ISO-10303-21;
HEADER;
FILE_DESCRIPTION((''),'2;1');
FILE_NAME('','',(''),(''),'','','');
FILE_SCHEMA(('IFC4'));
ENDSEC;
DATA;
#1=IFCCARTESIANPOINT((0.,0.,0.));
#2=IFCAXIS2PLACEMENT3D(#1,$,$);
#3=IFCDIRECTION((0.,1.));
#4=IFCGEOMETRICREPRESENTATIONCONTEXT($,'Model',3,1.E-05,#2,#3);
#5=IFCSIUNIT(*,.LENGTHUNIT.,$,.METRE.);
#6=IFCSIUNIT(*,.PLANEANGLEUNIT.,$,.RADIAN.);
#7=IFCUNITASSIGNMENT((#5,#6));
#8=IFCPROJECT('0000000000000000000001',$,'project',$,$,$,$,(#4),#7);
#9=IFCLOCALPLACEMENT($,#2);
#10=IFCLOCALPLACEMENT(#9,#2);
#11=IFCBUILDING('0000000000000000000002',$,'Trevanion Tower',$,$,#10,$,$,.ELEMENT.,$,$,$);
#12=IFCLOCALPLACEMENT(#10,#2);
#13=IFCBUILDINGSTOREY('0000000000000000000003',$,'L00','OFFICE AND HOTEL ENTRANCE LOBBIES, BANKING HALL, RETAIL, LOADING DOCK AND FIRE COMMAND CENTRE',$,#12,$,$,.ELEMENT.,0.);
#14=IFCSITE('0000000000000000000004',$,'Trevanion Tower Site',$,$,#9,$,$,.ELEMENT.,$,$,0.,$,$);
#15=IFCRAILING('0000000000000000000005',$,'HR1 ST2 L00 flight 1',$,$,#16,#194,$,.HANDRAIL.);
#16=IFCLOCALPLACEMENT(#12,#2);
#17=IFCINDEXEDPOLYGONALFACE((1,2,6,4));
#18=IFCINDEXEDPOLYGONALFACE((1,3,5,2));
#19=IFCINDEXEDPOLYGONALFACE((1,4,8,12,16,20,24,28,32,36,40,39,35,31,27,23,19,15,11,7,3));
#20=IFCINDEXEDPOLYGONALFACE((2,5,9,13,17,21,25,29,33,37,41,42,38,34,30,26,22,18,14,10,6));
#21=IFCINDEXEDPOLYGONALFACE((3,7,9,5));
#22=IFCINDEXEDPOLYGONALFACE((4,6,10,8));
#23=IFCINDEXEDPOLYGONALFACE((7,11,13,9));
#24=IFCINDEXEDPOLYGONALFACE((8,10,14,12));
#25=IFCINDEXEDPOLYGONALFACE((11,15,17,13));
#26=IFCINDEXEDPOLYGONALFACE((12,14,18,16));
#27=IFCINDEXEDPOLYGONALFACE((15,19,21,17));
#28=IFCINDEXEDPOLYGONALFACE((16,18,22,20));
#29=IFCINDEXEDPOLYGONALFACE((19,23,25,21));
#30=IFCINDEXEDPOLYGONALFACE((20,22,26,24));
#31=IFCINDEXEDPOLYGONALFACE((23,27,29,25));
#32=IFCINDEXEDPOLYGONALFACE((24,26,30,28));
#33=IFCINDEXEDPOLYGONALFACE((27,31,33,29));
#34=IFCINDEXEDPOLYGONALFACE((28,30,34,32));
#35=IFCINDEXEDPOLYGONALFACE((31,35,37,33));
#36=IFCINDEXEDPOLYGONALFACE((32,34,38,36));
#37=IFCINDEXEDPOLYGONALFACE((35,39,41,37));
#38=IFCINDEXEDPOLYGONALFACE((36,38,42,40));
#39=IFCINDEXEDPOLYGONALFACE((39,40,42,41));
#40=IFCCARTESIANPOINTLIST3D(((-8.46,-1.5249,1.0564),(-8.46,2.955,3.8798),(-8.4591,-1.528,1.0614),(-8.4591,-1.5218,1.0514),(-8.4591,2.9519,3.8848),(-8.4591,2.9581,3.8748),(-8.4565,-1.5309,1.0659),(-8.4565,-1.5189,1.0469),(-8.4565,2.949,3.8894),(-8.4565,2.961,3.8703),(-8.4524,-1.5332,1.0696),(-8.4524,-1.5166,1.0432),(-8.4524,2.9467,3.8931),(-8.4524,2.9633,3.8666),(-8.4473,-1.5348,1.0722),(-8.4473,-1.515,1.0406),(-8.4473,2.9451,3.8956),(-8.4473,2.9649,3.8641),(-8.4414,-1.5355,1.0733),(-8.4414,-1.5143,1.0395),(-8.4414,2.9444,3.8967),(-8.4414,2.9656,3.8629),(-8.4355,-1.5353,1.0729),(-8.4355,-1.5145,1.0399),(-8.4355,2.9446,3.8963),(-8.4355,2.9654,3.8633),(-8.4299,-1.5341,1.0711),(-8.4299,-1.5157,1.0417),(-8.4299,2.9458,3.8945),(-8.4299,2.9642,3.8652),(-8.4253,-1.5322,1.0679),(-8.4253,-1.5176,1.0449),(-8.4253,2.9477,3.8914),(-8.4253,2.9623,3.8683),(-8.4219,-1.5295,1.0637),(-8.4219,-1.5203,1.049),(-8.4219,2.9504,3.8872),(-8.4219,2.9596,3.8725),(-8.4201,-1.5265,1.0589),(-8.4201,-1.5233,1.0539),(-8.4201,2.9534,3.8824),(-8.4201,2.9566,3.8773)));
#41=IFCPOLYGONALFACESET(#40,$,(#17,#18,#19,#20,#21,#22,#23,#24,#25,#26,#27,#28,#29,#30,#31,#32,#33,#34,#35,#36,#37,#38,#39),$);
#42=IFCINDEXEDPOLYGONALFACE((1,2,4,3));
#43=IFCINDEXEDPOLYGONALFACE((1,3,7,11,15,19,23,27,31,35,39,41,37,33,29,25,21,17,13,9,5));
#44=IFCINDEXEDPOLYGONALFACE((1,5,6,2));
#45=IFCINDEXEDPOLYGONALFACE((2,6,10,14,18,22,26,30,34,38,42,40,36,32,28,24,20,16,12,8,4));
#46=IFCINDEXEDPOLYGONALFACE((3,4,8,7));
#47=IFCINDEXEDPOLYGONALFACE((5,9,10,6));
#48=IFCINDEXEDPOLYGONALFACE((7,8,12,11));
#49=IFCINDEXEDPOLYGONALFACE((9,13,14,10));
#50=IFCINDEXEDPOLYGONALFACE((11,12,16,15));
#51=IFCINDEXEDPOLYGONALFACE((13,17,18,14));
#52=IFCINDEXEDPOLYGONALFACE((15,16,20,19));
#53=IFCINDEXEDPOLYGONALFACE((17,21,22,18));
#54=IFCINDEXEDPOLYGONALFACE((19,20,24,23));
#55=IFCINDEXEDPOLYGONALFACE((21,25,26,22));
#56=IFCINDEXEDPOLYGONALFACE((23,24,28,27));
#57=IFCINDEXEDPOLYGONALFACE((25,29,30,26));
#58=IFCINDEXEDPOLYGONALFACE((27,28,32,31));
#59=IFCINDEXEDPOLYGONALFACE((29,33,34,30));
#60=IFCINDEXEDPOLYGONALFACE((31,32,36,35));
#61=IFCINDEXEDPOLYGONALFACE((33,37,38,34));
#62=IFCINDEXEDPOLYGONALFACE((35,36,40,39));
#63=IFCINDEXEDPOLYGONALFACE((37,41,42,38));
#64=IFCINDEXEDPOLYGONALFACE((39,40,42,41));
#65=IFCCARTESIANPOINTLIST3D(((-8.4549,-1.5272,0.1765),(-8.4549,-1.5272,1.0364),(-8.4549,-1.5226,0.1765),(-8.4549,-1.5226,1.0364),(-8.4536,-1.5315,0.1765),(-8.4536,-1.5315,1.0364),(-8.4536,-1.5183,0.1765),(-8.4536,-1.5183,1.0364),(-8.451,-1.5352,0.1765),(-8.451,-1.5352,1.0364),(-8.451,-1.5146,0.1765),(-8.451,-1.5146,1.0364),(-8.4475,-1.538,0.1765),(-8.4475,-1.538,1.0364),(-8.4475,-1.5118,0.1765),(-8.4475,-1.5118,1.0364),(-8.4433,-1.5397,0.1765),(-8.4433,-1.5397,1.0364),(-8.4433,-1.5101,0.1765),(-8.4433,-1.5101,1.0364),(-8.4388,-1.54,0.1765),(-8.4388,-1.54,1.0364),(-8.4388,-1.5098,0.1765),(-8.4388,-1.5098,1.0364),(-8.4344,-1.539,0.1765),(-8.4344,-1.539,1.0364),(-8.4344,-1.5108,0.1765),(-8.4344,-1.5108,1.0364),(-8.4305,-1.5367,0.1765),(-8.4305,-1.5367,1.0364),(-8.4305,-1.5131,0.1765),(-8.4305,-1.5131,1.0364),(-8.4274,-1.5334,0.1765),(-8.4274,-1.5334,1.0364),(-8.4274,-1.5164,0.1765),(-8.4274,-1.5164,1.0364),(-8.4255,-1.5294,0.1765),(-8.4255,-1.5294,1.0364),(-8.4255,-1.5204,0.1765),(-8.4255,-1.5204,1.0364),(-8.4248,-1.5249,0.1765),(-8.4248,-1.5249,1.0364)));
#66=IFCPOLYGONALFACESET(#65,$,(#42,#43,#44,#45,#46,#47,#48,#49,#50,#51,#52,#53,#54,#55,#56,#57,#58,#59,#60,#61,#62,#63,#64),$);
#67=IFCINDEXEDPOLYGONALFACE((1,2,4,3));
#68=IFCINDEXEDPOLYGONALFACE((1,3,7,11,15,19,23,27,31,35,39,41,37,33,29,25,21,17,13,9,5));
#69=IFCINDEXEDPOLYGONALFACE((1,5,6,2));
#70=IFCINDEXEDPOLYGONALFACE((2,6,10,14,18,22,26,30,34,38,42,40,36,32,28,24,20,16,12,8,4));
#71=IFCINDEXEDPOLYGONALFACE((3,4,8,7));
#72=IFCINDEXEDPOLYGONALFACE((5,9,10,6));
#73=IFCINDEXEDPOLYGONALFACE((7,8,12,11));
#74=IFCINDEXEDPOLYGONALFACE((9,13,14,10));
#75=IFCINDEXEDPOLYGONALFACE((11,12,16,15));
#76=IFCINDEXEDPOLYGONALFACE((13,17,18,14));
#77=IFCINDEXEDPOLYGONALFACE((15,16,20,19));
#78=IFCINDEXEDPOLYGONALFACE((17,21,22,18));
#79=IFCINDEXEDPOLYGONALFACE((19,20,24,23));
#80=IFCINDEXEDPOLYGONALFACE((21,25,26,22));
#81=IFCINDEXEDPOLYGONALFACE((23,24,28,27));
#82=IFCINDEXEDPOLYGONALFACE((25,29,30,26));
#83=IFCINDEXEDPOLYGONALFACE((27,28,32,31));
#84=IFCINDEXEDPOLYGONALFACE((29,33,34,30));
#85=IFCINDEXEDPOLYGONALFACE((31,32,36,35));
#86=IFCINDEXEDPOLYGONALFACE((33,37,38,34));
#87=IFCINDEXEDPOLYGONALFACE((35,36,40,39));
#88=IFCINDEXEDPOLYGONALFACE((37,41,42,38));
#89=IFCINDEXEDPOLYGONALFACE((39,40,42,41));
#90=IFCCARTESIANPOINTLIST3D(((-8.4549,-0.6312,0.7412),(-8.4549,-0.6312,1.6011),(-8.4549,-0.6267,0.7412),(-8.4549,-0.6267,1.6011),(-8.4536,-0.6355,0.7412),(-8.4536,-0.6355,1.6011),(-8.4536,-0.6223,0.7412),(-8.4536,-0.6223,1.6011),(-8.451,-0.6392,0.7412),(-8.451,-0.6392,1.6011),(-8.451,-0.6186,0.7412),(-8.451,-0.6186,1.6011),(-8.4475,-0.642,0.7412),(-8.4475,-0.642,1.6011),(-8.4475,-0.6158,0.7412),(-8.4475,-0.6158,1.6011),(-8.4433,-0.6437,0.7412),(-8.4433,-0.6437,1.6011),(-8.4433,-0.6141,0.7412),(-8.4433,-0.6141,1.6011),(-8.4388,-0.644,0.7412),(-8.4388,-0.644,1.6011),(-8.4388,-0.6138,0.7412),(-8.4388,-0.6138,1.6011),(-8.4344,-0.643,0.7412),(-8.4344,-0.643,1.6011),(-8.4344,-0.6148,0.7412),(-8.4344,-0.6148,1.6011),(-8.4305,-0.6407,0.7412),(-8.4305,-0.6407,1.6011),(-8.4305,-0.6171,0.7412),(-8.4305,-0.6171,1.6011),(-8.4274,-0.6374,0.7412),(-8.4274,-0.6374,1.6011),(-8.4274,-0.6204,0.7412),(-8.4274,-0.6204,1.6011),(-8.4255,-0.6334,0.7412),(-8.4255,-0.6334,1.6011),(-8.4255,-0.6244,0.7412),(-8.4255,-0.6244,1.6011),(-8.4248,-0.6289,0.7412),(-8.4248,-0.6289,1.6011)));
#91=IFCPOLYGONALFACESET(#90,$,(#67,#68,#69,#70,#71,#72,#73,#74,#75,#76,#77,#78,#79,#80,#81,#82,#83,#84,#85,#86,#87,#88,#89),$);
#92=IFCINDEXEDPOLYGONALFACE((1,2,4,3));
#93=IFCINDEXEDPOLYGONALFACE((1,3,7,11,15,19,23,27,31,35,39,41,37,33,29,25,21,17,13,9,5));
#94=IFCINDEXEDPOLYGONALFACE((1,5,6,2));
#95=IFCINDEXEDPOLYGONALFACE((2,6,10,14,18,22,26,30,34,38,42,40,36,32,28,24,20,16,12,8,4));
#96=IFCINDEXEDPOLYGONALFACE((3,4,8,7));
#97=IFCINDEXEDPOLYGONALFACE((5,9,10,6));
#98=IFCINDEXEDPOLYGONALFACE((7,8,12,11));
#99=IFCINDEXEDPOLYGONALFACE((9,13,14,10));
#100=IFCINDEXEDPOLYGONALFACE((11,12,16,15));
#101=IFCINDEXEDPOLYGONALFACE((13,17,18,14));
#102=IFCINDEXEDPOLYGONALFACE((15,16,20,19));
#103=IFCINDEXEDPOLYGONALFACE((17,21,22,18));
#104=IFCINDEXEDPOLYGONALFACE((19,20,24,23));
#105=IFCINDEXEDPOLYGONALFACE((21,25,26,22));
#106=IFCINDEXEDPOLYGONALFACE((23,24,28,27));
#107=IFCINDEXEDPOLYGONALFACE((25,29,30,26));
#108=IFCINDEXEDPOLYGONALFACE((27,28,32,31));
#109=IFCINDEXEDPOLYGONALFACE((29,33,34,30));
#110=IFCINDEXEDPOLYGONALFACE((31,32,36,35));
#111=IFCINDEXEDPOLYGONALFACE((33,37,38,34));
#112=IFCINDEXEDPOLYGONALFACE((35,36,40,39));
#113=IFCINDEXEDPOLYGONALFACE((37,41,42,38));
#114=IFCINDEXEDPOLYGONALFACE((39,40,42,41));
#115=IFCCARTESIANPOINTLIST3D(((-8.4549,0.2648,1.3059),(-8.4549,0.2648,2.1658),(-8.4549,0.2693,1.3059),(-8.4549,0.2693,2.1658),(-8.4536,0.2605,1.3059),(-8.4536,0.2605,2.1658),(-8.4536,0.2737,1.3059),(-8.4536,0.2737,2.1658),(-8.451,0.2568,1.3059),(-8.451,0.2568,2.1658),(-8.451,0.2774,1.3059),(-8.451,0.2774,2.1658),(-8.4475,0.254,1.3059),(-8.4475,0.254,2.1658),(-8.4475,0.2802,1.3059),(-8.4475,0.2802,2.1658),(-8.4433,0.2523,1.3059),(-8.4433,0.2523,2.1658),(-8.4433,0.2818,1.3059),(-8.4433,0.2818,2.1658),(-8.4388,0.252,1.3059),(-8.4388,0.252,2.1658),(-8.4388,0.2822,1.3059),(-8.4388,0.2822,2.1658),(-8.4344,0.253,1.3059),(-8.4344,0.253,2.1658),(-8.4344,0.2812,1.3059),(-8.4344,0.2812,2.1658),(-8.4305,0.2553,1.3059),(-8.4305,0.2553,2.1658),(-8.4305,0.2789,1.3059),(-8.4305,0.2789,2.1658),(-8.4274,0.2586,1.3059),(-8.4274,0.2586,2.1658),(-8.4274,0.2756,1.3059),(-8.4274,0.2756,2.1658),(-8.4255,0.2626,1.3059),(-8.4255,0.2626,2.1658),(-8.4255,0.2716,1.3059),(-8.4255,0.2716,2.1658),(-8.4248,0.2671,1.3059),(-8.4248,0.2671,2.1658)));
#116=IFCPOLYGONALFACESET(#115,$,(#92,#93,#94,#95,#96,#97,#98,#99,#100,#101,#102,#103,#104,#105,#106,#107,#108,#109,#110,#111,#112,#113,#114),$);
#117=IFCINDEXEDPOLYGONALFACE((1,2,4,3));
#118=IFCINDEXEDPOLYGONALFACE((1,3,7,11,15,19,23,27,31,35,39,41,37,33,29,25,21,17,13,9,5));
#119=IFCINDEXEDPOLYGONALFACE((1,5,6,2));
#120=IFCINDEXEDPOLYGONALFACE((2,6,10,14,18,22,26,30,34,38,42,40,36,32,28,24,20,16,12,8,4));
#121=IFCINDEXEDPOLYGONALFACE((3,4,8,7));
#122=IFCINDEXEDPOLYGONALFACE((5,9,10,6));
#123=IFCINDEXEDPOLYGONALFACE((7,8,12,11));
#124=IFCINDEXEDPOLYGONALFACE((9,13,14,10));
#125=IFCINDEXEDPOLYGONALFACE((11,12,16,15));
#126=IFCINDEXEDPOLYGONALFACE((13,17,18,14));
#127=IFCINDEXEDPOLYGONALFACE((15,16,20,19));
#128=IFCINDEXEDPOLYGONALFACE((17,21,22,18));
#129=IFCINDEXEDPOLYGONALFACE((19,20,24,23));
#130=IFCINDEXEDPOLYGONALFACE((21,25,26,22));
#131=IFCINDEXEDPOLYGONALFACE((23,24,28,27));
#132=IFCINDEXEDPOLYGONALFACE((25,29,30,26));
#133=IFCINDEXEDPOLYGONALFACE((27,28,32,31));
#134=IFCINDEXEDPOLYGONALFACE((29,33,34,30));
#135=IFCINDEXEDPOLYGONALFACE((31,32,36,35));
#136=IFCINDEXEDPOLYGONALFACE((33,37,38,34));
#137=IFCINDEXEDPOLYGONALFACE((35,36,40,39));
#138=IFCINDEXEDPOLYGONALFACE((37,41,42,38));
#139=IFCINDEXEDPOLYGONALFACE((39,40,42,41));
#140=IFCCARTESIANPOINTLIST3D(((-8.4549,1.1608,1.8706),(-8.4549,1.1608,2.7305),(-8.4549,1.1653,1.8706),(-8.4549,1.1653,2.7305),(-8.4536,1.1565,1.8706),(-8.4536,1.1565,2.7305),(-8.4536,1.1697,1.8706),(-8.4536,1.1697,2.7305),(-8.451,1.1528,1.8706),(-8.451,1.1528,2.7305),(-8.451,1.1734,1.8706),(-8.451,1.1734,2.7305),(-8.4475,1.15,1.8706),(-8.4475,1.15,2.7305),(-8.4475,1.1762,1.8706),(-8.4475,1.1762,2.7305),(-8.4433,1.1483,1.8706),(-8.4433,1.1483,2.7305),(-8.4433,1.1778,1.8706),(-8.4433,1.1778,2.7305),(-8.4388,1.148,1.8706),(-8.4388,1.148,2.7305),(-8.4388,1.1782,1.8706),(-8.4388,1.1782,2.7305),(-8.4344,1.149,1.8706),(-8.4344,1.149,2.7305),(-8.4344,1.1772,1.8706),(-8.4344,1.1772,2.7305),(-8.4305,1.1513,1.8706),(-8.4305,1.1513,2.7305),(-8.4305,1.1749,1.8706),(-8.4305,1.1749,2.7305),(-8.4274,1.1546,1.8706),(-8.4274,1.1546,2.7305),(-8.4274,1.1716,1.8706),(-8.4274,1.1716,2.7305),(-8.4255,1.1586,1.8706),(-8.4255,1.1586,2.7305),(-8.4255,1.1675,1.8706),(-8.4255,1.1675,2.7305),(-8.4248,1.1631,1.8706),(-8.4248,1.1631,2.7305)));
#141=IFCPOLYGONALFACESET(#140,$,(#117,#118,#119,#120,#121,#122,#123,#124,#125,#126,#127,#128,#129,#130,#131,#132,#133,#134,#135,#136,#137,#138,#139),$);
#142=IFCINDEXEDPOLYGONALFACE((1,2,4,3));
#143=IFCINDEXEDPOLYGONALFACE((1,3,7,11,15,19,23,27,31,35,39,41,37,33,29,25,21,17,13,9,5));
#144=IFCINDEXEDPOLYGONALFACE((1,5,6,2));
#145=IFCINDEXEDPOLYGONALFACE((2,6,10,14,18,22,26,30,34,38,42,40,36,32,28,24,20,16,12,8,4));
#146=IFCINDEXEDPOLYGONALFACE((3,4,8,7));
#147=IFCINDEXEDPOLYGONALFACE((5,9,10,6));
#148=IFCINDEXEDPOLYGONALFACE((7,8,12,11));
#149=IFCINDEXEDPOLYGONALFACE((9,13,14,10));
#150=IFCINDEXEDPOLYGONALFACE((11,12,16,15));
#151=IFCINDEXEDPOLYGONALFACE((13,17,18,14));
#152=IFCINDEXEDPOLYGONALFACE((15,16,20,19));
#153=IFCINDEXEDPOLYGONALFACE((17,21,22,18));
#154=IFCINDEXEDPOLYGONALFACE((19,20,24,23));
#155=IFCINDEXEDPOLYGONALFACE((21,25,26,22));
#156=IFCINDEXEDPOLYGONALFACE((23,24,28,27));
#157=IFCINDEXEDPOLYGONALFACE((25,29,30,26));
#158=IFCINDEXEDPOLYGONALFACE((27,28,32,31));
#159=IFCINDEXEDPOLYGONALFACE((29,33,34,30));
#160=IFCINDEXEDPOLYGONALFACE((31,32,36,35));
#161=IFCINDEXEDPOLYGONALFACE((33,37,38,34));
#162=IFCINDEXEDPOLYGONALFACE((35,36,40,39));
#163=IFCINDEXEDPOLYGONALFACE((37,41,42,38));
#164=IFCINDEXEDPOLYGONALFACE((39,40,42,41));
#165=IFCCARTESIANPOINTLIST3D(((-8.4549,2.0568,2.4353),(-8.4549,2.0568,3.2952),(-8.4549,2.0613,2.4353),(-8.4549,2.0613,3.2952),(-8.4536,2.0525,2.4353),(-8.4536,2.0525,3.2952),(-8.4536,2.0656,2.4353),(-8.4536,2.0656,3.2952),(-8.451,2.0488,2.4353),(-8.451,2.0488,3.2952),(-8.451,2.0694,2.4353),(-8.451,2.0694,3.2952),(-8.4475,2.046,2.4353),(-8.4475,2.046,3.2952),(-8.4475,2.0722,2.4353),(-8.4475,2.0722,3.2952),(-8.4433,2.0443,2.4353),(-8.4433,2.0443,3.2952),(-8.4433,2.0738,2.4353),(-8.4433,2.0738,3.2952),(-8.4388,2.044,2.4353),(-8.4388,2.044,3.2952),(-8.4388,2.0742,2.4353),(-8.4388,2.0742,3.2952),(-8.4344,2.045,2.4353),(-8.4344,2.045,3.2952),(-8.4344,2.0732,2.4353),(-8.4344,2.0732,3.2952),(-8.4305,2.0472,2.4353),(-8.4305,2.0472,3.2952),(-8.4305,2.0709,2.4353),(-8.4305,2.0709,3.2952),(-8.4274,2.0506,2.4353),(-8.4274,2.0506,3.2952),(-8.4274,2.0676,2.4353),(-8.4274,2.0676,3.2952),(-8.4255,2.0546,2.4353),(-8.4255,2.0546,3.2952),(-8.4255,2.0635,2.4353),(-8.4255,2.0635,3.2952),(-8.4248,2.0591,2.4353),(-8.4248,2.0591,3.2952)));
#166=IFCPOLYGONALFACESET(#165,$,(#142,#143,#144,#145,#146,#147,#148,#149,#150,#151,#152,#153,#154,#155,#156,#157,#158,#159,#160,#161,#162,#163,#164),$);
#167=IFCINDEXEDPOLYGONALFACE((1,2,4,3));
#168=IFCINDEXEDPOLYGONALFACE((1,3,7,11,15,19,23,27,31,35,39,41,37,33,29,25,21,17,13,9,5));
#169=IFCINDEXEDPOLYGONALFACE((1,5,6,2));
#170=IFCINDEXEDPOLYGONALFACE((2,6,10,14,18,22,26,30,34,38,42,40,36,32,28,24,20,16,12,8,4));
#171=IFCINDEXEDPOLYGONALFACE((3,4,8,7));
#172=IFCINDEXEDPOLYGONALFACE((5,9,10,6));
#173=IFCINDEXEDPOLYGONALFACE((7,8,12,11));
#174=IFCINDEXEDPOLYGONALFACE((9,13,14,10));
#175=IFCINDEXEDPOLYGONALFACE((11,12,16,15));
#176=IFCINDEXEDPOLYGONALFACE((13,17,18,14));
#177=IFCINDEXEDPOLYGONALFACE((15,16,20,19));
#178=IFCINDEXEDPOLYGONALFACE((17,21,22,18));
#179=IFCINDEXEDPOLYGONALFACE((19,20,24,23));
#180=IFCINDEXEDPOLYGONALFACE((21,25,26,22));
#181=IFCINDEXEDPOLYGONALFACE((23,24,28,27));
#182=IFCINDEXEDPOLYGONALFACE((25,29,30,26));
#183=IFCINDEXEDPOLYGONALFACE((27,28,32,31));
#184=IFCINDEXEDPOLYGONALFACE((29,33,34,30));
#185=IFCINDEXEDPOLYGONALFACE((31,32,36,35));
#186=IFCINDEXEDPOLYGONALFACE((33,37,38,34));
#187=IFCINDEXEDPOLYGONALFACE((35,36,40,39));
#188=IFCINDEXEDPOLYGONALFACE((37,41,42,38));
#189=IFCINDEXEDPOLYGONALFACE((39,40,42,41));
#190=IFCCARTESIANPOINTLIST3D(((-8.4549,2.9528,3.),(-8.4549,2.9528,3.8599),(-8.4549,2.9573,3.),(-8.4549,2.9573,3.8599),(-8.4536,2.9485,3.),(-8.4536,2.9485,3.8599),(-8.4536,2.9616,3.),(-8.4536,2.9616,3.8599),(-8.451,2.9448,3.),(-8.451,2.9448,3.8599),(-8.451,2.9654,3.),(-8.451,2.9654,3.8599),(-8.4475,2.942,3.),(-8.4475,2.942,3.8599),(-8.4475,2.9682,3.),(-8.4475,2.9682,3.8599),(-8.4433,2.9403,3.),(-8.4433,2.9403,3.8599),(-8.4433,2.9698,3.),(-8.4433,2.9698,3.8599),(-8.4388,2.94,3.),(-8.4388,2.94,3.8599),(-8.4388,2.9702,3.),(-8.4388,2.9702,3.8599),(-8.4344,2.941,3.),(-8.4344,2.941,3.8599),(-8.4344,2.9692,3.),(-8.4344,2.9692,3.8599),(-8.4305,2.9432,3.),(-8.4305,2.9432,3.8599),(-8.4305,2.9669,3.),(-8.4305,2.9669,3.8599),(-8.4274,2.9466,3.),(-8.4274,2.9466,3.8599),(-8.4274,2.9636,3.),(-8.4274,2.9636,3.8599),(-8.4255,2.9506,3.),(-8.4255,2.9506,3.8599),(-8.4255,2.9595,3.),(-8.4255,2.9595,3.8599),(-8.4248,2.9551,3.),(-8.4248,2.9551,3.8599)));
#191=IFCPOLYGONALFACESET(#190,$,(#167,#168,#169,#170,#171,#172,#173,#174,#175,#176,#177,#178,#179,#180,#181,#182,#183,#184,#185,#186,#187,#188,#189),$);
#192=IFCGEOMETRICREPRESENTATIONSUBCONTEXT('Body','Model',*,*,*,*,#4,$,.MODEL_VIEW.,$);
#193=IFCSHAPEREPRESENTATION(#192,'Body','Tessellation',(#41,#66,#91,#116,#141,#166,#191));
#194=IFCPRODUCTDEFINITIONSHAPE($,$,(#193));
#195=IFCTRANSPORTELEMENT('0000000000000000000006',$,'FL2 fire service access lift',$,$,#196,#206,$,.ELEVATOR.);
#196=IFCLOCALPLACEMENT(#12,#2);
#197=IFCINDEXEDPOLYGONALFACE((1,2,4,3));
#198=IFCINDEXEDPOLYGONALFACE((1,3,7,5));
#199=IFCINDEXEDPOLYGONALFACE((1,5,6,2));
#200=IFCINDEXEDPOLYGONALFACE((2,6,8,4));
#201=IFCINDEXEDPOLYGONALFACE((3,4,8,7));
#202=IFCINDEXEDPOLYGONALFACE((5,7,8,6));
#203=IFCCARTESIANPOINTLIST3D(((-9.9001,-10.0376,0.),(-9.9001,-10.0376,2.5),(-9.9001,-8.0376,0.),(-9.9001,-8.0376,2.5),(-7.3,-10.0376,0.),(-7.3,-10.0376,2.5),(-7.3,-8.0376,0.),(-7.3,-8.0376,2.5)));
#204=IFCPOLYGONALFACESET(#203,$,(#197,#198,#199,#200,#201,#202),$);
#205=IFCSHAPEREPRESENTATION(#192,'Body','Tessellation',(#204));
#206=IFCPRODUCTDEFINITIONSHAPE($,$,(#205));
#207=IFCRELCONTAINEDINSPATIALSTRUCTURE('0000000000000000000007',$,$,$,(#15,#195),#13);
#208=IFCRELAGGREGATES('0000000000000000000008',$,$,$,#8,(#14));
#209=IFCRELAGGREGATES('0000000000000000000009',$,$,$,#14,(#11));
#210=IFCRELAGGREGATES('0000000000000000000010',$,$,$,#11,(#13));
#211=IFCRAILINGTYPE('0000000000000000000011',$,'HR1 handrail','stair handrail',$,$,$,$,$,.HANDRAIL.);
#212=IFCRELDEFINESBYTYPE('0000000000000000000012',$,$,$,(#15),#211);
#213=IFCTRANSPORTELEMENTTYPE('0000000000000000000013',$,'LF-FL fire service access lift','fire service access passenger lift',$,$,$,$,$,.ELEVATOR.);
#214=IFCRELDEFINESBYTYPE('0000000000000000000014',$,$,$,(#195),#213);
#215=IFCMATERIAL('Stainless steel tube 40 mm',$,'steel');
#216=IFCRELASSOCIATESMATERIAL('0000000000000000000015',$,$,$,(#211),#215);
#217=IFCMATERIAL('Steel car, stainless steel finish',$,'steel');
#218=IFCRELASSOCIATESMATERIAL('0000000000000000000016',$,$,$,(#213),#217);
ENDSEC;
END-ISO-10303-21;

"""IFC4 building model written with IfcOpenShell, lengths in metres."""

from ifc_helpers import new_model, si_unit, direction, frame, origin, origin_2d, place, context, subcontext, project, spatial, rectangle, circle, extrude, material, type_object, element, save


model = new_model("IFC4")

# Units and contexts
model_context = context("Model", 3, precision=1e-05, world=origin(), true_north=direction((0.0, 1.0)))
body_context = subcontext(model_context, "Body", "Model", "MODEL_VIEW")
ifc_project = project(units=[si_unit("LENGTHUNIT", "METRE"), si_unit("PLANEANGLEUNIT", "RADIAN")], contexts=[model_context])

# Site, building, storey
site_placement = place(None, origin())
site = spatial("IfcSite", under=ifc_project, at=site_placement, Name="Trevanion Tower Site", CompositionType="ELEMENT", RefElevation=0.0)
building_placement = place(site_placement, origin())
building = spatial("IfcBuilding", under=site, at=building_placement, Name="Trevanion Tower", CompositionType="ELEMENT")
storey_placement = place(building_placement, origin())
storey = spatial("IfcBuildingStorey", under=building, at=storey_placement, Name="L00", Description="OFFICE AND HOTEL ENTRANCE LOBBIES, BANKING HALL, RETAIL, LOADING DOCK AND FIRE COMMAND CENTRE", CompositionType="ELEMENT", Elevation=0.0)

# Railing
ifc_material_1 = material(Name="Stainless steel tube 40 mm", Category="steel")
railing_type = type_object("IfcRailingType", Name="HR1 handrail", Description="stair handrail", PredefinedType="HANDRAIL", material=ifc_material_1)
for number, where, name in (
    (1, (-8.4399, -1.5249, 0.1765), "HR1 ST2 L00 flight 1"),
):
    element("IfcRailing", number, at=place(storey_placement, frame(where)), inside=storey, type_object=railing_type, Name=name, PredefinedType="HANDRAIL", context=body_context, shape_type="SweptSolid", body=[
        extrude(circle(Radius=0.02, at=origin_2d()), frame((0.0, 0.0, 0.8799), z_axis=(0.0, 0.845998, 0.533186), x_axis=(-1.0, 0.0, 0.0)), (0.0, 0.0, 1.0), 5.2954),
        extrude(circle(Radius=0.0151, at=origin_2d()), origin(), (0.0, 0.0, 1.0), 0.8599),
        extrude(circle(Radius=0.0151, at=origin_2d()), frame((0.0, 0.896, 0.5647)), (0.0, 0.0, 1.0), 0.8599),
        extrude(circle(Radius=0.0151, at=origin_2d()), frame((0.0, 1.792, 1.1294)), (0.0, 0.0, 1.0), 0.8599),
        extrude(circle(Radius=0.0151, at=origin_2d()), frame((0.0, 2.688, 1.6941)), (0.0, 0.0, 1.0), 0.8599),
        extrude(circle(Radius=0.0151, at=origin_2d()), frame((0.0, 3.584, 2.2588)), (0.0, 0.0, 1.0), 0.8599),
        extrude(circle(Radius=0.0151, at=origin_2d()), frame((0.0, 4.48, 2.8235)), (0.0, 0.0, 1.0), 0.8599),
    ])

# Transport element
ifc_material_2 = material(Name="Steel car, stainless steel finish", Category="steel")
transport_element_type = type_object("IfcTransportElementType", Name="LF-FL fire service access lift", Description="fire service access passenger lift", PredefinedType="ELEVATOR", material=ifc_material_2)
transport_element_placement = place(storey_placement, frame((-8.6001, -9.0376, 0.0), z_axis=(0.0, 0.0, 1.0), x_axis=(1.0, 0.0, 0.0)))
element("IfcTransportElement", 2, at=transport_element_placement, inside=storey, type_object=transport_element_type, Name="FL2 fire service access lift", PredefinedType="ELEVATOR", context=body_context, shape_type="SweptSolid", body=[
    extrude(rectangle(XDim=2.6001, YDim=2.0, at=origin_2d()), origin(), (0.0, 0.0, 1.0), 2.5),
])

save(model, "model.ifc")
